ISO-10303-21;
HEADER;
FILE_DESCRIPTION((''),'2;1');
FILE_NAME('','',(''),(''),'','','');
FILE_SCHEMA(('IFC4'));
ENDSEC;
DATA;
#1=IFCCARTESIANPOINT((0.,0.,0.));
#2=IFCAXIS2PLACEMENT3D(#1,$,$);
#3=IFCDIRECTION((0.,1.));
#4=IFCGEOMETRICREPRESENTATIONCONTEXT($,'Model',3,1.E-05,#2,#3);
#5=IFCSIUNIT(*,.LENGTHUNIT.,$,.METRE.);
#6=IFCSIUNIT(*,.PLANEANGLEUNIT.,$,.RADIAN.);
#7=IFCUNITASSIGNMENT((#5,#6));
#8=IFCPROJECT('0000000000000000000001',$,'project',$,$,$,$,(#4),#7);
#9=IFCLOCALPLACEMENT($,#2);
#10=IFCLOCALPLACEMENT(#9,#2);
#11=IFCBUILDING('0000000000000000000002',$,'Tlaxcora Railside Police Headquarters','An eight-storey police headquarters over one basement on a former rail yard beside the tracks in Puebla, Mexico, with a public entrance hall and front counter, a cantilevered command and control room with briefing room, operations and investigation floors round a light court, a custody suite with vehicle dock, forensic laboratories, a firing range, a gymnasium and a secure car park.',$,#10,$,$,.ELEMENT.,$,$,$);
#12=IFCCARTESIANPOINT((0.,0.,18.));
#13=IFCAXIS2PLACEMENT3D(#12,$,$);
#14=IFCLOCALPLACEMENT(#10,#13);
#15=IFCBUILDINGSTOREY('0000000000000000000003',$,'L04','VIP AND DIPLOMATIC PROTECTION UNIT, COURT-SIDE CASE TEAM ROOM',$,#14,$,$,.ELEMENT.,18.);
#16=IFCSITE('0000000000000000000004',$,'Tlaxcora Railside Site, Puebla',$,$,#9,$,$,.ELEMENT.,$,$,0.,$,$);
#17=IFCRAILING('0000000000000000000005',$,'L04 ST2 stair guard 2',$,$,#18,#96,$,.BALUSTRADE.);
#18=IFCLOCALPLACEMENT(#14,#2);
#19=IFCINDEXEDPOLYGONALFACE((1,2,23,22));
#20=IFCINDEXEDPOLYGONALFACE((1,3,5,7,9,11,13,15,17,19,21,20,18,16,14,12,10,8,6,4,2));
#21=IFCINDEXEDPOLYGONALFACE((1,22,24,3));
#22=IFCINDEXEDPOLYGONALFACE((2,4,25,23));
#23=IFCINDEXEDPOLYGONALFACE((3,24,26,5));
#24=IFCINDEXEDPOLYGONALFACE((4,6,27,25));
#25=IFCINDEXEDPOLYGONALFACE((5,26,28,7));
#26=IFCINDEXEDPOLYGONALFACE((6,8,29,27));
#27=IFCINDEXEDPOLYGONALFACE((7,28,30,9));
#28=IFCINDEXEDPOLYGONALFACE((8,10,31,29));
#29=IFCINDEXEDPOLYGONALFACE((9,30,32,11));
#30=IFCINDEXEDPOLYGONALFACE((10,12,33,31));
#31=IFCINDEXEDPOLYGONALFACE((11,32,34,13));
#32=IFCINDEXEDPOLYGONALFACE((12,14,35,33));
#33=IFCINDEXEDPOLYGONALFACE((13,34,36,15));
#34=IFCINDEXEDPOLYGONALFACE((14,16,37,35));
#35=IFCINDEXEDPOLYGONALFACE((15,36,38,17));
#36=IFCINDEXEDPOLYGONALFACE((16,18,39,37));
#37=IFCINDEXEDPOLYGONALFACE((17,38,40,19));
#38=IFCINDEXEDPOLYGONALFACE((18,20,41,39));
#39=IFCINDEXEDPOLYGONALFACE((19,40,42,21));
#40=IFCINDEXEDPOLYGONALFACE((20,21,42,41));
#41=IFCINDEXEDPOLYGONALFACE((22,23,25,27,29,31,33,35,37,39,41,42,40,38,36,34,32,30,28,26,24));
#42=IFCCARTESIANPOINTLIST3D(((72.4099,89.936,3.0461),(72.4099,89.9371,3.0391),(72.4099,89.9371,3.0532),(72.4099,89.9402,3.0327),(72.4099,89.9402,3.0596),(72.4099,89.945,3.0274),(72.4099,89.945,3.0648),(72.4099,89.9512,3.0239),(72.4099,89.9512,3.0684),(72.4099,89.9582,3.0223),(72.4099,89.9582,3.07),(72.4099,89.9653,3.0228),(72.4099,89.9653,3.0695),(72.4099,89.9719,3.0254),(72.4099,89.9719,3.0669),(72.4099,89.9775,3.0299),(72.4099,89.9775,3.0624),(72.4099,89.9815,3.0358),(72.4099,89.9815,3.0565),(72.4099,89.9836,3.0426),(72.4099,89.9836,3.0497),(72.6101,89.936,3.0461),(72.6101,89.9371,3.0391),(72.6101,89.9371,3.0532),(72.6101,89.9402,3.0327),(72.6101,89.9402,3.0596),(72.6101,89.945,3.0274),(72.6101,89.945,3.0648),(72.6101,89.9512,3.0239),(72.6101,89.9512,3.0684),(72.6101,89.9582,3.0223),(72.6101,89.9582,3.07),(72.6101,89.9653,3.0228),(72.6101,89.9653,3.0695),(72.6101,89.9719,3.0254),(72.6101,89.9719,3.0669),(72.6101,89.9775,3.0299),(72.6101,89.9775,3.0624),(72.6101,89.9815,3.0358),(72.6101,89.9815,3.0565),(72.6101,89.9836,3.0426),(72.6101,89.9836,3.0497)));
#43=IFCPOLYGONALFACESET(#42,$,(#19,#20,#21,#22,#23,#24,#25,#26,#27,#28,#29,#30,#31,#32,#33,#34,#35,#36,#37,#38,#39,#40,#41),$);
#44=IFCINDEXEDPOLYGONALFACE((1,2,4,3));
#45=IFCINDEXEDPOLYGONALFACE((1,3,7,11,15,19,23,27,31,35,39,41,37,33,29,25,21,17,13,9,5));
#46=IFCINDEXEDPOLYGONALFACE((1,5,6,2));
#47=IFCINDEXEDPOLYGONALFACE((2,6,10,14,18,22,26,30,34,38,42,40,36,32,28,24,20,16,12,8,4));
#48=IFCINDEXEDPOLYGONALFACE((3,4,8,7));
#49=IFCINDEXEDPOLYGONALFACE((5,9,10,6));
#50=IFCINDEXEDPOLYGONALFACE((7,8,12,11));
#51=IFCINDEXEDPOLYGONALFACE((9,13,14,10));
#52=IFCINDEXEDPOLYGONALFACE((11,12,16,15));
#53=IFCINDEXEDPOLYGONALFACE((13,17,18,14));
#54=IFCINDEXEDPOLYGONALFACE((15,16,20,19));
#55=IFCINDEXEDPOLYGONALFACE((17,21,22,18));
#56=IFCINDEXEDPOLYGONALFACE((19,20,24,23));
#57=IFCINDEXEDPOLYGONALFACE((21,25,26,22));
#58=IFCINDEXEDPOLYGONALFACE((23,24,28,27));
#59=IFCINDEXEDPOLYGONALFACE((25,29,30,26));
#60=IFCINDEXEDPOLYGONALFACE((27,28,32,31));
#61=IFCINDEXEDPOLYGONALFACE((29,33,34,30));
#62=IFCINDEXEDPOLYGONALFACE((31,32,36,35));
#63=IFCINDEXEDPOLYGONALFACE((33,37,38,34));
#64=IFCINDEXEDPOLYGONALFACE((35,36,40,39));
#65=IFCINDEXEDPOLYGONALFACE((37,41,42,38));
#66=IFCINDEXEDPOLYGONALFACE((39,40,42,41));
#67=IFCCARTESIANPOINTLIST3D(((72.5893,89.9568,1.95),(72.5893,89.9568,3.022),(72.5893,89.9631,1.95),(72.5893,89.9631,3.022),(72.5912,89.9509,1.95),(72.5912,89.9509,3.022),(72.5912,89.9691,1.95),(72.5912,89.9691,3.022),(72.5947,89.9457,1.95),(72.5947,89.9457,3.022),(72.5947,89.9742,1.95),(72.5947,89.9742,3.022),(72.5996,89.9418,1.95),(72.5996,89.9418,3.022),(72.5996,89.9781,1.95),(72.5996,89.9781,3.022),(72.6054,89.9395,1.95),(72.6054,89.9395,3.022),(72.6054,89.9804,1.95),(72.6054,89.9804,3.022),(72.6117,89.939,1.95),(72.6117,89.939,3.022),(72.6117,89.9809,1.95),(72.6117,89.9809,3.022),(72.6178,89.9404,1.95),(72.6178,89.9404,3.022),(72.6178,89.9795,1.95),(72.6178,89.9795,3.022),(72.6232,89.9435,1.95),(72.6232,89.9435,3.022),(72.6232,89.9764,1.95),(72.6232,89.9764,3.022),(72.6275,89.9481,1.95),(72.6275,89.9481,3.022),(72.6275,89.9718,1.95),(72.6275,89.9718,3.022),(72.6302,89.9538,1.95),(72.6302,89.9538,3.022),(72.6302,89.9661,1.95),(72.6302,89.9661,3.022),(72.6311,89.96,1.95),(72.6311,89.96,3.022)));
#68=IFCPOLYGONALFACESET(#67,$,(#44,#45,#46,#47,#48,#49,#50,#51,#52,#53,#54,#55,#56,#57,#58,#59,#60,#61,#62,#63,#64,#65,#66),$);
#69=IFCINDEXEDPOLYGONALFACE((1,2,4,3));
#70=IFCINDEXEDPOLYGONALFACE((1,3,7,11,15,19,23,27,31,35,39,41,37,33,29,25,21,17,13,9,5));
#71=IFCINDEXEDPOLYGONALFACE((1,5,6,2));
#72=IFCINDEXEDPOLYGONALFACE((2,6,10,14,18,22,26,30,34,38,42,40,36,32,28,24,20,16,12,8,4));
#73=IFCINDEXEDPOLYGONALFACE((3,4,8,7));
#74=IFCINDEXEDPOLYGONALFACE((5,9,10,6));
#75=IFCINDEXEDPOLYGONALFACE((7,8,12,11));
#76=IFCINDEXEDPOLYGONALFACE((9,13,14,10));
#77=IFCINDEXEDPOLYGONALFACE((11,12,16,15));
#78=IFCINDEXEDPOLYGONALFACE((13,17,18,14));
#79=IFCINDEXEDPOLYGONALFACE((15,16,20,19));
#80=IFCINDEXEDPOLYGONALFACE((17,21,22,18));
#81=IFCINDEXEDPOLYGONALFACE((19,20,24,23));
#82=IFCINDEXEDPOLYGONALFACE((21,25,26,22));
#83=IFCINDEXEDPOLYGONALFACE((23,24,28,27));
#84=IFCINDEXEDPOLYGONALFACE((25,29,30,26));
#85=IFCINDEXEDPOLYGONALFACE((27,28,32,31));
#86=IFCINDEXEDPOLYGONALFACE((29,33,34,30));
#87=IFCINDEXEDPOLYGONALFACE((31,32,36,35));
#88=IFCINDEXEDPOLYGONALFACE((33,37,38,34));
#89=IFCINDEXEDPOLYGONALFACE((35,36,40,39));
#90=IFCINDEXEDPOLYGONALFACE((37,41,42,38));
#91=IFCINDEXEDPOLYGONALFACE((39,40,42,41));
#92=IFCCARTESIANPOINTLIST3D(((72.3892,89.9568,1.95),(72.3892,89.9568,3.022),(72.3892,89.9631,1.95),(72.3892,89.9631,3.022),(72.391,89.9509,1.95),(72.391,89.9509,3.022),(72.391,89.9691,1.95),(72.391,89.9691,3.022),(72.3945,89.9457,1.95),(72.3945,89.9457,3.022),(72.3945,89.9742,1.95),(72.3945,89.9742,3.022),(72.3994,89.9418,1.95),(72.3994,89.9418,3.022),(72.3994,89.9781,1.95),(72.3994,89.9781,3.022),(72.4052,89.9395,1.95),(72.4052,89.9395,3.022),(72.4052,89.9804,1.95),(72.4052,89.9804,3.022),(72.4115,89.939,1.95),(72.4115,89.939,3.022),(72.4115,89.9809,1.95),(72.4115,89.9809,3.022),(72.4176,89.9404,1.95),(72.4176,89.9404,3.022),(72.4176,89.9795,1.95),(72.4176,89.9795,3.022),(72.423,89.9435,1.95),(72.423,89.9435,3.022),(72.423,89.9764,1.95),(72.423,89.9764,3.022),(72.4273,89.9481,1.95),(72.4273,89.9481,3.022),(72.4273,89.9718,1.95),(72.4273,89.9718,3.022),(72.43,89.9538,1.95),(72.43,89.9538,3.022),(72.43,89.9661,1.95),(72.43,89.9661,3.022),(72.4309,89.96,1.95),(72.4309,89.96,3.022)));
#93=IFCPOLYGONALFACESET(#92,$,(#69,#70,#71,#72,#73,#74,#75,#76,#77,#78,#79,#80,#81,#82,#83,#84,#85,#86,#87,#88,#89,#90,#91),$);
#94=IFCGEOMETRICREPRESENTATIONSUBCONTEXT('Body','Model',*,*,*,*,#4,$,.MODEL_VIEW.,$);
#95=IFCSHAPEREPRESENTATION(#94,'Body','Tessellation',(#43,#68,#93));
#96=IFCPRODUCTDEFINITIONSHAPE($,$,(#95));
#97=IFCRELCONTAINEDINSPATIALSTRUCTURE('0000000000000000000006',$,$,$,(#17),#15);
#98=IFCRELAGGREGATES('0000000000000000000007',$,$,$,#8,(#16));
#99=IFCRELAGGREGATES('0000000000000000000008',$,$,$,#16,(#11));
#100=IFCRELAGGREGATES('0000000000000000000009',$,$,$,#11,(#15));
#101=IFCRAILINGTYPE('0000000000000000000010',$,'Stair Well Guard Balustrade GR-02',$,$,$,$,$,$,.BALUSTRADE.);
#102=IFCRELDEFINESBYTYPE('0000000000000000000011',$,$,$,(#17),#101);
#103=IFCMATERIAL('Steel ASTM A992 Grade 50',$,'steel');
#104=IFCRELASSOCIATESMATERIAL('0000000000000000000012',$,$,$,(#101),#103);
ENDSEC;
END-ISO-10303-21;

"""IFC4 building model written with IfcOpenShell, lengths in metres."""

from ifc_helpers import new_model, si_unit, direction, frame, origin, origin_2d, place, context, subcontext, project, spatial, circle, extrude, material, type_object, element, save


model = new_model("IFC4")

# Units and contexts
model_context = context("Model", 3, precision=1e-05, world=origin(), true_north=direction((0.0, 1.0)))
body_context = subcontext(model_context, "Body", "Model", "MODEL_VIEW")
ifc_project = project(units=[si_unit("LENGTHUNIT", "METRE"), si_unit("PLANEANGLEUNIT", "RADIAN")], contexts=[model_context])

# Site, building, storey
site_placement = place(None, origin())
site = spatial("IfcSite", under=ifc_project, at=site_placement, Name="Tlaxcora Railside Site, Puebla", CompositionType="ELEMENT", RefElevation=0.0)
building_placement = place(site_placement, origin())
building = spatial("IfcBuilding", under=site, at=building_placement, Name="Tlaxcora Railside Police Headquarters", Description="An eight-storey police headquarters over one basement on a former rail yard beside the tracks in Puebla, Mexico, with a public entrance hall and front counter, a cantilevered command and control room with briefing room, operations and investigation floors round a light court, a custody suite with vehicle dock, forensic laboratories, a firing range, a gymnasium and a secure car park.", CompositionType="ELEMENT")
storey_placement = place(building_placement, frame((0.0, 0.0, 18.0)))
storey = spatial("IfcBuildingStorey", under=building, at=storey_placement, Name="L04", Description="VIP AND DIPLOMATIC PROTECTION UNIT, COURT-SIDE CASE TEAM ROOM", CompositionType="ELEMENT", Elevation=18.0)

# Shared definitions
ifc_material_1 = material(Name="Steel ASTM A992 Grade 50", Category="steel")

# Railing
railing_type_1 = type_object("IfcRailingType", Name="Stair Well Guard Balustrade GR-02", PredefinedType="BALUSTRADE", material=ifc_material_1)
railing_1_placement = place(storey_placement, frame((72.6101, 89.96, 1.95)))
element("IfcRailing", 1, at=railing_1_placement, inside=storey, type_object=railing_type_1, Name="L04 ST2 stair guard 2", PredefinedType="BALUSTRADE", context=body_context, shape_type="SweptSolid", body=[
    extrude(circle(Radius=0.0239, at=origin_2d()), frame((0.0, 0.0, 1.0962), z_axis=(-1.0, 0.0, 0.0), x_axis=(0.0, -1.0, 0.0)), (0.0, 0.0, 1.0), 0.2002),
    extrude(circle(Radius=0.021, at=origin_2d()), origin(), (0.0, 0.0, 1.0), 1.072),
    extrude(circle(Radius=0.021, at=origin_2d()), frame((-0.2002, 0.0, 0.0)), (0.0, 0.0, 1.0), 1.072),
])

save(model, "model.ifc")
